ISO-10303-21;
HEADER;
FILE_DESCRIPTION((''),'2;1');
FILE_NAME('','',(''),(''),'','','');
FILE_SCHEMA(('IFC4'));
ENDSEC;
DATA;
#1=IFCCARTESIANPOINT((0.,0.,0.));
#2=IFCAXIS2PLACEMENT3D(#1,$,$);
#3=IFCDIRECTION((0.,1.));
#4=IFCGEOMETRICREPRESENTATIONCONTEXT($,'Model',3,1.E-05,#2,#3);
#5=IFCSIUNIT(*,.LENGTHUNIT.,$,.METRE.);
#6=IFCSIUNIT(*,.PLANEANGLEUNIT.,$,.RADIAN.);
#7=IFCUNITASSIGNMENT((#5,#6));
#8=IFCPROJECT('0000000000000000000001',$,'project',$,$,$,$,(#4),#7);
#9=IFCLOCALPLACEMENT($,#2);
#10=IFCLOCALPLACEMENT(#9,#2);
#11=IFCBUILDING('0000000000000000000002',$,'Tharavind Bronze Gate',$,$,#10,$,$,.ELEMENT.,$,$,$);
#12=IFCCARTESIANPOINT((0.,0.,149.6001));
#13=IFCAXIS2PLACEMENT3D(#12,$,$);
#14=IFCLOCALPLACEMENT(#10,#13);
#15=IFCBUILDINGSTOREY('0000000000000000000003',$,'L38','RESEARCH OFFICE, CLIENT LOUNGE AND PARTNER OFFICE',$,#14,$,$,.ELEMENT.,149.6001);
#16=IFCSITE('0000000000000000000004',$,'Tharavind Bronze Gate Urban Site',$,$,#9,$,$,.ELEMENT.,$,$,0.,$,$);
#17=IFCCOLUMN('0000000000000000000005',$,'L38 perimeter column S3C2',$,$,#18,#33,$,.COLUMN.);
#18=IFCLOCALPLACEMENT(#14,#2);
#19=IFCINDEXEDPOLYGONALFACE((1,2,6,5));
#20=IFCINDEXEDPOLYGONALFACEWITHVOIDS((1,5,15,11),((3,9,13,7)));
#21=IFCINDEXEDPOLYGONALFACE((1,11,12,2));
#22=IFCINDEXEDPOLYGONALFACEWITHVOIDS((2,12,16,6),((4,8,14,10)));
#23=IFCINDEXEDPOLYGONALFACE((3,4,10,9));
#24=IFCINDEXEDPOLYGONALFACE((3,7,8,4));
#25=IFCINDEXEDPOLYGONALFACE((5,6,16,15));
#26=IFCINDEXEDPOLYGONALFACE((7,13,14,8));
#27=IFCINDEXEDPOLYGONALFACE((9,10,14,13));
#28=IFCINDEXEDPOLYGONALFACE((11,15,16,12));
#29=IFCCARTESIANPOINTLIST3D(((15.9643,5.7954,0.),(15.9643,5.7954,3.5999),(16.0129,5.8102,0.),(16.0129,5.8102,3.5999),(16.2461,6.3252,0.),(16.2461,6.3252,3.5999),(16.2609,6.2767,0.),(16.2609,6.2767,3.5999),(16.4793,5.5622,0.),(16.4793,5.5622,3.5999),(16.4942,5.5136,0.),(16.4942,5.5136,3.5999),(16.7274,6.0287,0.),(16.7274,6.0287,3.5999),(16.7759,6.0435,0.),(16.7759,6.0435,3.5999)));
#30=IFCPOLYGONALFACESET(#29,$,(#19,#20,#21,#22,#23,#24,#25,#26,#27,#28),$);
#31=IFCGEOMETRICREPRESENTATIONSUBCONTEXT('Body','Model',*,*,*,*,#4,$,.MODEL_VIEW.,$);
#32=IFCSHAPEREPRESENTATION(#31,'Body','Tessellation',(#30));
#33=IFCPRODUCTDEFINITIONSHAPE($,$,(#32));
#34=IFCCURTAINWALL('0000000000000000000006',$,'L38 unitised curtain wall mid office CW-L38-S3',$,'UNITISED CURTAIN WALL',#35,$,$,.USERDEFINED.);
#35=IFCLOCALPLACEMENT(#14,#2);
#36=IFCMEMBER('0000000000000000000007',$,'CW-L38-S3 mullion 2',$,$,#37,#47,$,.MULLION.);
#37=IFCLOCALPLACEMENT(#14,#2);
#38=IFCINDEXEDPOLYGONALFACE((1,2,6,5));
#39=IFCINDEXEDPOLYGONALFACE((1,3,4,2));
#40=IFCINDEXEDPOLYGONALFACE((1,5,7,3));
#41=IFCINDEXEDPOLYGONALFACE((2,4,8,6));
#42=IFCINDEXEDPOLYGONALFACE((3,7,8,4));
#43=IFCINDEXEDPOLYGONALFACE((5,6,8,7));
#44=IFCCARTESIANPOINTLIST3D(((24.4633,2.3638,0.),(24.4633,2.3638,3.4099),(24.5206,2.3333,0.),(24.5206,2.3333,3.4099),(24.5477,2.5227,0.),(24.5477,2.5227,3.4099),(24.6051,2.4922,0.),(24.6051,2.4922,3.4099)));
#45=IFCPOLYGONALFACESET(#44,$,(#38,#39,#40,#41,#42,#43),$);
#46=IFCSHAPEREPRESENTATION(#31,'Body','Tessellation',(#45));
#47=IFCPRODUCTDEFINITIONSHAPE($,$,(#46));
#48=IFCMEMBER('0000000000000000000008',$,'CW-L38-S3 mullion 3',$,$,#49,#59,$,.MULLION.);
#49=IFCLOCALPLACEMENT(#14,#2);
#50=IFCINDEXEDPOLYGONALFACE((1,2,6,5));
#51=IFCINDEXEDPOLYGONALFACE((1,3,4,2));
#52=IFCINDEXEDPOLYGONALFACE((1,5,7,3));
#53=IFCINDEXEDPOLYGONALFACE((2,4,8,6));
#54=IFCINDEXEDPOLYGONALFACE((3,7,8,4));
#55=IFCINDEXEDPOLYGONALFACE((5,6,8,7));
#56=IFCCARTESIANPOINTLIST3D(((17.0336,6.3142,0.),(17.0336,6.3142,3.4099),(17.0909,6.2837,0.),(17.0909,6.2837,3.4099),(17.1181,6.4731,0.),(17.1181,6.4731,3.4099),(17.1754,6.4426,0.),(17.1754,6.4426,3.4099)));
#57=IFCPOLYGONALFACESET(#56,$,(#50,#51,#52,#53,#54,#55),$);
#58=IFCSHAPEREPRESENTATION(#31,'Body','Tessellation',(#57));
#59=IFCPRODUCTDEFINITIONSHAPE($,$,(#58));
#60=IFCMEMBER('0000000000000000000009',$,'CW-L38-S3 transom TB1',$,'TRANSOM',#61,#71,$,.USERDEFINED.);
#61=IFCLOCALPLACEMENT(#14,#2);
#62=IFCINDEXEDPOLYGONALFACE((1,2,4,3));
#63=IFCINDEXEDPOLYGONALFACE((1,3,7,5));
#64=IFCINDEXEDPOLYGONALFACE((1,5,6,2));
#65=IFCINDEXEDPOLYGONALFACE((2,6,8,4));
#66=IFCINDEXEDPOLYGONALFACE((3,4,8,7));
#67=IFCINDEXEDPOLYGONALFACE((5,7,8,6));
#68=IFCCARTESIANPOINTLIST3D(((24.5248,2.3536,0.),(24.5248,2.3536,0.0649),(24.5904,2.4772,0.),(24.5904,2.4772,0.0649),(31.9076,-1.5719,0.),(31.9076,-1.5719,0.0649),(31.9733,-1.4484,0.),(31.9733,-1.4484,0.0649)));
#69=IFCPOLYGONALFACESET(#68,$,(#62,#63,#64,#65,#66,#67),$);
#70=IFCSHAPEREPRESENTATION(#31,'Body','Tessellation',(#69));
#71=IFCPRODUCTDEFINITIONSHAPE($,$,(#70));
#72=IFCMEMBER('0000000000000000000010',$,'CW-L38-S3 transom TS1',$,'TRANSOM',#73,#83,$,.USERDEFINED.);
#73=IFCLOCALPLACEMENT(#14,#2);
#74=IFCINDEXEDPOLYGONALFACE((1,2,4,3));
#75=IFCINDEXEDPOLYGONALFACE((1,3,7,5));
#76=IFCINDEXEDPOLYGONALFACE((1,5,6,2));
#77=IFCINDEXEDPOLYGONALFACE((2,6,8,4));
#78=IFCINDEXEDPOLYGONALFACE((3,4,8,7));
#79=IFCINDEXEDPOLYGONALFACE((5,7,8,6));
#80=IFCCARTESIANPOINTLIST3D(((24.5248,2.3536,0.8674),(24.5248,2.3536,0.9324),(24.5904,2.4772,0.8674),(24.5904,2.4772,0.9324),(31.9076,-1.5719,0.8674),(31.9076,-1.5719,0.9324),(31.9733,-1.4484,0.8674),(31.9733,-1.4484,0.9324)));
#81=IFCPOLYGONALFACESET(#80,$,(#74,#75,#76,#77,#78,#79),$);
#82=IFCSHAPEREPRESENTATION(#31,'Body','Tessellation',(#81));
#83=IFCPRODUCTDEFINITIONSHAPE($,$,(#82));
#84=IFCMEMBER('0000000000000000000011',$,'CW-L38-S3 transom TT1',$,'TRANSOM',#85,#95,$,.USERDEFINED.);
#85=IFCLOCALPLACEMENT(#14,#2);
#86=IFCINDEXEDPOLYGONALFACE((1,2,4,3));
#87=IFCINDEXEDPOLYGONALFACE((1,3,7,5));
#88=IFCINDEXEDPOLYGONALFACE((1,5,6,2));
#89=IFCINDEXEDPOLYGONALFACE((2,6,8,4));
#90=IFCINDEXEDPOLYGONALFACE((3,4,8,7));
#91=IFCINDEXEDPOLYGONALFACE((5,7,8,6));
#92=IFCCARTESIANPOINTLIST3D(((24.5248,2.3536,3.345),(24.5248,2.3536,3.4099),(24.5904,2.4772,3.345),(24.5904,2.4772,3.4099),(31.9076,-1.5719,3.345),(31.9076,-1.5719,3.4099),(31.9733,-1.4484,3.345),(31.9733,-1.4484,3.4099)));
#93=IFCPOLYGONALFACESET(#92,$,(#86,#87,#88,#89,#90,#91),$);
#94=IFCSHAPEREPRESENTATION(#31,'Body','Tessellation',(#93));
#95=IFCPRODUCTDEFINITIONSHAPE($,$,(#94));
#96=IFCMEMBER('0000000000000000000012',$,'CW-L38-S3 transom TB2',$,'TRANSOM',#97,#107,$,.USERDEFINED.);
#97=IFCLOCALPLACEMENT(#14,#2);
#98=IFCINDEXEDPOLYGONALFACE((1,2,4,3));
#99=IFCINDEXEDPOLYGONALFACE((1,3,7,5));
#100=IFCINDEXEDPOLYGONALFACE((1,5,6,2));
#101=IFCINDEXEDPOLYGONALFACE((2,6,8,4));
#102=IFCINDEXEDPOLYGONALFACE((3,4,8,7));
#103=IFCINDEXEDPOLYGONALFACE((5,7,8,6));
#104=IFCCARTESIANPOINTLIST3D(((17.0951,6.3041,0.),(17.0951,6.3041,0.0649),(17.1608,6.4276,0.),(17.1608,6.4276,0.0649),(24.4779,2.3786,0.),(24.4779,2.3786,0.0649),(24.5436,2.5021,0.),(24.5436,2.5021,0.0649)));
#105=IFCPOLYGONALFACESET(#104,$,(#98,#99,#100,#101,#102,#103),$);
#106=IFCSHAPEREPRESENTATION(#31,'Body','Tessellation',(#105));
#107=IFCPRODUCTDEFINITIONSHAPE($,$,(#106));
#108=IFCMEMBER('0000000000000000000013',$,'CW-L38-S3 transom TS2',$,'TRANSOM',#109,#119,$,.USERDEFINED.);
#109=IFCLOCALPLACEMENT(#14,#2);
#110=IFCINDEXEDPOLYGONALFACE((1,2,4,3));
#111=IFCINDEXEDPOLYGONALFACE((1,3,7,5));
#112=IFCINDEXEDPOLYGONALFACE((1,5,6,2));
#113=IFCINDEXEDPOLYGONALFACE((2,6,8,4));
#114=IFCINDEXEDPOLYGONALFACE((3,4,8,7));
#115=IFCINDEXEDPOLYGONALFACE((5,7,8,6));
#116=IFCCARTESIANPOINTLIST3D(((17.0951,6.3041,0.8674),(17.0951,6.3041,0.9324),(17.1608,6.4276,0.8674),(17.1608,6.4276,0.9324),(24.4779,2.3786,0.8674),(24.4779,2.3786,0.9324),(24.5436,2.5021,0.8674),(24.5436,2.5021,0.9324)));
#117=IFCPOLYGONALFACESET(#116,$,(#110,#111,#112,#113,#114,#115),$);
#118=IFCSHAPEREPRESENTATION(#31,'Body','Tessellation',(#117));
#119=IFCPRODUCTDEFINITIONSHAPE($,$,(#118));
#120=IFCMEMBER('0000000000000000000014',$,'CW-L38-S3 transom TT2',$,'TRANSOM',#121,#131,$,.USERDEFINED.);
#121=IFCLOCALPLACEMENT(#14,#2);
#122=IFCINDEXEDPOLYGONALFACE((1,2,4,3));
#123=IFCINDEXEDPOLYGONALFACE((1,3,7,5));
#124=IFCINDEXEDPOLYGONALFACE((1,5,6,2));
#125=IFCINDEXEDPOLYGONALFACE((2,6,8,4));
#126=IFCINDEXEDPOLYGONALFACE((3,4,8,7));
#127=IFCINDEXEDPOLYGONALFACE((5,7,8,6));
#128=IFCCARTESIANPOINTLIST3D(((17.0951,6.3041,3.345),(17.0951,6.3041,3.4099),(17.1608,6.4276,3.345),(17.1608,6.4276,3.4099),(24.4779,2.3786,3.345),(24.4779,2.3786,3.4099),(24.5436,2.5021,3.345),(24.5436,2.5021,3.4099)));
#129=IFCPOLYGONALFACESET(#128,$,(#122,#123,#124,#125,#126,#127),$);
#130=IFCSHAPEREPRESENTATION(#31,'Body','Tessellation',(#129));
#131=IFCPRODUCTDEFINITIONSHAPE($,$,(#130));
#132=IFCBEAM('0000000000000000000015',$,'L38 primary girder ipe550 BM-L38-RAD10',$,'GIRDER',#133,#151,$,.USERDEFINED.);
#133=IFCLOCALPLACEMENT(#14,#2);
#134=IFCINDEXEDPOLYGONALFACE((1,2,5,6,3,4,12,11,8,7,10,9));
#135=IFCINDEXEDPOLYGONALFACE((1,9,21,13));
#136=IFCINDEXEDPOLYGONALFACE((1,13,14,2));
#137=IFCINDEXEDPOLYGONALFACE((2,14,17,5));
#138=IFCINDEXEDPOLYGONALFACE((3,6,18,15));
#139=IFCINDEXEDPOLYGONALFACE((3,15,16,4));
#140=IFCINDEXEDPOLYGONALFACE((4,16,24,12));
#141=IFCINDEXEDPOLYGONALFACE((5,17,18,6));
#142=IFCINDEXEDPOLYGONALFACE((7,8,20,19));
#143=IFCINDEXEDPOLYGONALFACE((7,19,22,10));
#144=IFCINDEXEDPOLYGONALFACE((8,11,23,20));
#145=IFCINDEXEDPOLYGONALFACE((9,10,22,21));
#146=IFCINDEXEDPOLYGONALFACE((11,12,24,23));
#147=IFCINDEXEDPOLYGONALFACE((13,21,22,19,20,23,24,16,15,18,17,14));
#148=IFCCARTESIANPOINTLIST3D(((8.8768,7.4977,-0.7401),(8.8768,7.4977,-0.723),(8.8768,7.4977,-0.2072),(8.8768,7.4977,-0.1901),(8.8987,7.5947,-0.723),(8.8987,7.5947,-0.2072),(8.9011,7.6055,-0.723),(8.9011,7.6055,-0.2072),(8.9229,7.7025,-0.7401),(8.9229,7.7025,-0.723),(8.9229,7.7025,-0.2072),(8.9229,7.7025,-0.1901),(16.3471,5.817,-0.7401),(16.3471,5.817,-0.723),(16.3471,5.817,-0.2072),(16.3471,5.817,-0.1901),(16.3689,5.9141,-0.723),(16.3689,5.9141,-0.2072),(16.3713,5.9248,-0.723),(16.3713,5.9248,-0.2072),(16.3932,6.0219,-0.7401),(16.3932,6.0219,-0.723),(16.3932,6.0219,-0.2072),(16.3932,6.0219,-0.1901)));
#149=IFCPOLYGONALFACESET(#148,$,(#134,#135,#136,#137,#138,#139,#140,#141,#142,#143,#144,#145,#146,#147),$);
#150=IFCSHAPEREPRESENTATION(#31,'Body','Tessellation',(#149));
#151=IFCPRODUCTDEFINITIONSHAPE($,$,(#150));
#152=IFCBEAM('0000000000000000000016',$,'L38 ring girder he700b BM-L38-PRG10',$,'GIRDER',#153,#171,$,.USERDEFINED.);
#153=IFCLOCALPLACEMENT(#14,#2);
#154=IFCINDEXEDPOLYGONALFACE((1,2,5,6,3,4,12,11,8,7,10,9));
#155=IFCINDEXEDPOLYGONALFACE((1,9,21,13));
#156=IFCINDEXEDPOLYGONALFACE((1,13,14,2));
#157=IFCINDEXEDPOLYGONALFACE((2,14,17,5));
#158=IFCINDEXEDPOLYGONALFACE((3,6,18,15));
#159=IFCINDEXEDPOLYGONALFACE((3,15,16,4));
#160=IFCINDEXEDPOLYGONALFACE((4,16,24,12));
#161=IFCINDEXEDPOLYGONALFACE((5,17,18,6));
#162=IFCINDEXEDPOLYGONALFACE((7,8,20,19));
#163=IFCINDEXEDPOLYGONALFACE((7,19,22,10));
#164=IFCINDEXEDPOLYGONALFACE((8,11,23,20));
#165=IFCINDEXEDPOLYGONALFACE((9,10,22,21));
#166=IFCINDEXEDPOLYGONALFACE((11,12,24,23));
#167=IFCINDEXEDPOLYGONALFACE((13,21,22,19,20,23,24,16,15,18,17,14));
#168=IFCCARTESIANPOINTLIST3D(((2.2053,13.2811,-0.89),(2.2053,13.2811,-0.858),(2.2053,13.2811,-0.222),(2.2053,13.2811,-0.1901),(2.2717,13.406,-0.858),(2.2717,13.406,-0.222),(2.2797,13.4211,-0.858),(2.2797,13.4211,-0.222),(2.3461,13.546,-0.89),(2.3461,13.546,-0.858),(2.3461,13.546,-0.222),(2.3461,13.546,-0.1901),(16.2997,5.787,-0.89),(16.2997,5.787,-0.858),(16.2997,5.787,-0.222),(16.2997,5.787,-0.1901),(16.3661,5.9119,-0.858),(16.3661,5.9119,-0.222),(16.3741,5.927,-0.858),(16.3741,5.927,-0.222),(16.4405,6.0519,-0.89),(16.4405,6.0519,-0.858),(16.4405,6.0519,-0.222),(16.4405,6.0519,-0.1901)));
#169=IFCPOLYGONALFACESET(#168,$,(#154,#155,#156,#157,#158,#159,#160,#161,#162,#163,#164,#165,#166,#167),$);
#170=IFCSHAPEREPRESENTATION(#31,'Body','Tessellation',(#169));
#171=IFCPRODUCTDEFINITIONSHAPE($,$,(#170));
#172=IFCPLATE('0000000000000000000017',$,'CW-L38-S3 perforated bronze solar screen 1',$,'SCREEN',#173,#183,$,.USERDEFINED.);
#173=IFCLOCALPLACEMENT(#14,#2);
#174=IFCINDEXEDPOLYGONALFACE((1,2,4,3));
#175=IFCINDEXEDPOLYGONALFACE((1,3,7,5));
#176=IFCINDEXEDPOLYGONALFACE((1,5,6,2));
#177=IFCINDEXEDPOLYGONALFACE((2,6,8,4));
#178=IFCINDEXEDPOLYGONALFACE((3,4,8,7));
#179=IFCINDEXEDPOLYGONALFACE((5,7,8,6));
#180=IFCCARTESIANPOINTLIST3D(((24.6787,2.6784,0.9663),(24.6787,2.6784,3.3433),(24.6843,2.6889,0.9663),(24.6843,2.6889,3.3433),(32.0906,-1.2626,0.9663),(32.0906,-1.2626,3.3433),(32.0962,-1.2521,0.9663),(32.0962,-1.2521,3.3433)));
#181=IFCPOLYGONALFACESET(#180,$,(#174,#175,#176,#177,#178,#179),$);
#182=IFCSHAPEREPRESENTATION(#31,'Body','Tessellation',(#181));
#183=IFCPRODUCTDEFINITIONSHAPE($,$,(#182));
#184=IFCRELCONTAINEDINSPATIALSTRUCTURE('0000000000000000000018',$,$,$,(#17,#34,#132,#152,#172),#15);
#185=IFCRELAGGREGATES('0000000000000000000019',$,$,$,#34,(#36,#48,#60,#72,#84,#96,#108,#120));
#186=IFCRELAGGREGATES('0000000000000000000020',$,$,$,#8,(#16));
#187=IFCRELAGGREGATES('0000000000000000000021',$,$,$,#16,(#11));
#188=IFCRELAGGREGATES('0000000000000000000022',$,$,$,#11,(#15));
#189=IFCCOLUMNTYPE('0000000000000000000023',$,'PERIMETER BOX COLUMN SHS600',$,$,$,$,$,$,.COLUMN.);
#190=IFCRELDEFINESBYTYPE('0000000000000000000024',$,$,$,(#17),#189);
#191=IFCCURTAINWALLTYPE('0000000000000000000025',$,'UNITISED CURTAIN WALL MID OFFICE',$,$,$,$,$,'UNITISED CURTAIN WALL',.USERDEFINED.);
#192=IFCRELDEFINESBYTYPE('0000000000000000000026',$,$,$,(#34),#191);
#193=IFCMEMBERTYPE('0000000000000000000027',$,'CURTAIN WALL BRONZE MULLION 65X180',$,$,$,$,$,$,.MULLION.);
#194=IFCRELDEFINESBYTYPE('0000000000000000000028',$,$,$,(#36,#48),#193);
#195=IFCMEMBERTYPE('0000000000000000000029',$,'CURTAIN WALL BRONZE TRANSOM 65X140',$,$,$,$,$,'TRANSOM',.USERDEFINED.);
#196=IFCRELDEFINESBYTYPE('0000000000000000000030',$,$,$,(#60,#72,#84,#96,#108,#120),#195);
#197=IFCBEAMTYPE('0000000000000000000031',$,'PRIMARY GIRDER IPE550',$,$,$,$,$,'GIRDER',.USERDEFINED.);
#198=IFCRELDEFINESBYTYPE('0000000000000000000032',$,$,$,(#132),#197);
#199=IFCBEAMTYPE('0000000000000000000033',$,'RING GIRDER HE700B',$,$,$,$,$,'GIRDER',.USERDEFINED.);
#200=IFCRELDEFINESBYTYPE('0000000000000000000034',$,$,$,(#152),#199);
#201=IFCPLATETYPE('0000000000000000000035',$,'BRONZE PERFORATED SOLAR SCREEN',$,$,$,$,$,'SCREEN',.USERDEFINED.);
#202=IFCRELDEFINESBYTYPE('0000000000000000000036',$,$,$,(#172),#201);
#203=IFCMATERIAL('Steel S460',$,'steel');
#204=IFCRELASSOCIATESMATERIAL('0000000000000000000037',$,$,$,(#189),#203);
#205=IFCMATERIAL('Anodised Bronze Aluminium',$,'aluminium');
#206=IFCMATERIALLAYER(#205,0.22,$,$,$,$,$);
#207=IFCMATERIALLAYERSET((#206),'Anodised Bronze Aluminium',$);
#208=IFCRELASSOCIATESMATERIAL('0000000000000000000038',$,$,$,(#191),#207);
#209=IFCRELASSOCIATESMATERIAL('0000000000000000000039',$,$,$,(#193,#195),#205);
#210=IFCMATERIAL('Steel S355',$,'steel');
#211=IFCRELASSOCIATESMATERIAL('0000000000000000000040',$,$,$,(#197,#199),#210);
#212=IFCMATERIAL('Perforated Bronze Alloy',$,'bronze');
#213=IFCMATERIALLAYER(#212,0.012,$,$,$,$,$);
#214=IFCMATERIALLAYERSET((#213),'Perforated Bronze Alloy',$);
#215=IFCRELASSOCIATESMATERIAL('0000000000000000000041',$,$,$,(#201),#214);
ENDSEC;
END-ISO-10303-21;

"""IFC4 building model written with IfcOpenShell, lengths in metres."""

from ifc_helpers import new_model, si_unit, direction, frame, origin, origin_2d, place, context, subcontext, project, spatial, rectangle, hollow_rectangle, i_section, extrude, material, layer, layer_set, material_profile, profile_set, type_object, element, aggregate, save


model = new_model("IFC4")

# Units and contexts
model_context = context("Model", 3, precision=1e-05, world=origin(), true_north=direction((0.0, 1.0)))
body_context = subcontext(model_context, "Body", "Model", "MODEL_VIEW")
ifc_project = project(units=[si_unit("LENGTHUNIT", "METRE"), si_unit("PLANEANGLEUNIT", "RADIAN")], contexts=[model_context])

# Site, building, storey
site_placement = place(None, origin())
site = spatial("IfcSite", under=ifc_project, at=site_placement, Name="Tharavind Bronze Gate Urban Site", CompositionType="ELEMENT", RefElevation=0.0)
building_placement = place(site_placement, origin())
building = spatial("IfcBuilding", under=site, at=building_placement, Name="Tharavind Bronze Gate", CompositionType="ELEMENT")
storey_placement = place(building_placement, frame((0.0, 0.0, 149.6001)))
storey = spatial("IfcBuildingStorey", under=building, at=storey_placement, Name="L38", Description="RESEARCH OFFICE, CLIENT LOUNGE AND PARTNER OFFICE", CompositionType="ELEMENT", Elevation=149.6001)

# Column
ifc_material_1 = material(Name="Steel S460", Category="steel")
ifc_material_profile_1 = material_profile(ifc_material_1, hollow_rectangle(XDim=0.6001, YDim=0.6001, WallThickness=0.0359, at=origin_2d()), Name="SHS600X36")
ifc_profile_set_1 = profile_set([ifc_material_profile_1], Name="Steel S460")
column_type = type_object("IfcColumnType", Name="PERIMETER BOX COLUMN SHS600", PredefinedType="COLUMN", material=ifc_profile_set_1)
column_placement = place(storey_placement, frame((16.3701, 5.9194, 0.0), z_axis=(0.0, 0.0, 1.0), x_axis=(-0.882948, 0.46947, 0.0)))
element("IfcColumn", 1, at=column_placement, inside=storey, type_object=column_type, Name="L38 perimeter column S3C2", PredefinedType="COLUMN", context=body_context, shape_type="SweptSolid", body=[
    extrude(hollow_rectangle(XDim=0.6001, YDim=0.6001, WallThickness=0.0359, at=origin_2d()), origin(), (0.0, 0.0, 1.0), 3.5999),
])

# Curtain wall, members
ifc_material_2 = material(Name="Anodised Bronze Aluminium", Category="aluminium")
ifc_layer_1 = layer(ifc_material_2, 0.22)
ifc_layer_set_1 = layer_set([ifc_layer_1], Name="Anodised Bronze Aluminium")
curtain_wall_type = type_object("IfcCurtainWallType", Name="UNITISED CURTAIN WALL MID OFFICE", ElementType="UNITISED CURTAIN WALL", PredefinedType="USERDEFINED", material=ifc_layer_set_1)
curtain_wall_placement = place(storey_placement, origin())
curtain_wall = element("IfcCurtainWall", 2, at=curtain_wall_placement, inside=storey, type_object=curtain_wall_type, Name="L38 unitised curtain wall mid office CW-L38-S3", ObjectType="UNITISED CURTAIN WALL", PredefinedType="USERDEFINED")
member_type_1 = type_object("IfcMemberType", Name="CURTAIN WALL BRONZE MULLION 65X180", PredefinedType="MULLION", material=ifc_material_2)
member_1_placement = place(storey_placement, frame((24.5342, 2.428, 0.0), z_axis=(0.0, 0.0, 1.0), x_axis=(-0.882948, 0.469472, 0.0)))
member_1 = element("IfcMember", 3, at=member_1_placement, type_object=member_type_1, Name="CW-L38-S3 mullion 2", PredefinedType="MULLION", context=body_context, shape_type="SweptSolid", body=[
    extrude(rectangle(XDim=0.0649, YDim=0.1799, at=origin_2d()), origin(), (0.0, 0.0, 1.0), 3.4099),
])
member_2_placement = place(storey_placement, frame((17.1045, 6.3784, 0.0), z_axis=(0.0, 0.0, 1.0), x_axis=(-0.882948, 0.469472, 0.0)))
member_2 = element("IfcMember", 4, at=member_2_placement, type_object=member_type_1, Name="CW-L38-S3 mullion 3", PredefinedType="MULLION", context=body_context, shape_type="SweptSolid", body=[
    extrude(rectangle(XDim=0.0649, YDim=0.1799, at=origin_2d()), origin(), (0.0, 0.0, 1.0), 3.4099),
])
member_type_2 = type_object("IfcMemberType", Name="CURTAIN WALL BRONZE TRANSOM 65X140", ElementType="TRANSOM", PredefinedType="USERDEFINED", material=ifc_material_2)
member_3_placement = place(storey_placement, frame((28.249, 0.4526, 0.0), z_axis=(0.0, 0.0, 1.0), x_axis=(-0.882948, 0.469472, 0.0)))
member_3 = element("IfcMember", 5, at=member_3_placement, type_object=member_type_2, Name="CW-L38-S3 transom TB1", ObjectType="TRANSOM", PredefinedType="USERDEFINED", context=body_context, shape_type="SweptSolid", body=[
    extrude(rectangle(XDim=8.3616, YDim=0.1399, at=origin_2d()), origin(), (0.0, 0.0, 1.0), 0.0649),
])
member_4_placement = place(storey_placement, frame((28.249, 0.4526, 0.8674), z_axis=(0.0, 0.0, 1.0), x_axis=(-0.882948, 0.469472, 0.0)))
member_4 = element("IfcMember", 6, at=member_4_placement, type_object=member_type_2, Name="CW-L38-S3 transom TS1", ObjectType="TRANSOM", PredefinedType="USERDEFINED", context=body_context, shape_type="SweptSolid", body=[
    extrude(rectangle(XDim=8.3616, YDim=0.1399, at=origin_2d()), origin(), (0.0, 0.0, 1.0), 0.0649),
])
member_5_placement = place(storey_placement, frame((28.249, 0.4526, 3.345), z_axis=(0.0, 0.0, 1.0), x_axis=(-0.882948, 0.469472, 0.0)))
member_5 = element("IfcMember", 7, at=member_5_placement, type_object=member_type_2, Name="CW-L38-S3 transom TT1", ObjectType="TRANSOM", PredefinedType="USERDEFINED", context=body_context, shape_type="SweptSolid", body=[
    extrude(rectangle(XDim=8.3616, YDim=0.1399, at=origin_2d()), origin(), (0.0, 0.0, 1.0), 0.0649),
])
member_6_placement = place(storey_placement, frame((20.8193, 4.4031, 0.0), z_axis=(0.0, 0.0, 1.0), x_axis=(-0.882948, 0.469472, 0.0)))
member_6 = element("IfcMember", 8, at=member_6_placement, type_object=member_type_2, Name="CW-L38-S3 transom TB2", ObjectType="TRANSOM", PredefinedType="USERDEFINED", context=body_context, shape_type="SweptSolid", body=[
    extrude(rectangle(XDim=8.3616, YDim=0.1399, at=origin_2d()), origin(), (0.0, 0.0, 1.0), 0.0649),
])
member_7_placement = place(storey_placement, frame((20.8193, 4.4031, 0.8674), z_axis=(0.0, 0.0, 1.0), x_axis=(-0.882948, 0.469472, 0.0)))
member_7 = element("IfcMember", 9, at=member_7_placement, type_object=member_type_2, Name="CW-L38-S3 transom TS2", ObjectType="TRANSOM", PredefinedType="USERDEFINED", context=body_context, shape_type="SweptSolid", body=[
    extrude(rectangle(XDim=8.3616, YDim=0.1399, at=origin_2d()), origin(), (0.0, 0.0, 1.0), 0.0649),
])
member_8_placement = place(storey_placement, frame((20.8193, 4.4031, 3.345), z_axis=(0.0, 0.0, 1.0), x_axis=(-0.882948, 0.469472, 0.0)))
member_8 = element("IfcMember", 10, at=member_8_placement, type_object=member_type_2, Name="CW-L38-S3 transom TT2", ObjectType="TRANSOM", PredefinedType="USERDEFINED", context=body_context, shape_type="SweptSolid", body=[
    extrude(rectangle(XDim=8.3616, YDim=0.1399, at=origin_2d()), origin(), (0.0, 0.0, 1.0), 0.0649),
])

# Beams
ifc_material_3 = material(Name="Steel S355", Category="steel")
ifc_material_profile_2 = material_profile(ifc_material_3, i_section(OverallWidth=0.21, OverallDepth=0.55, WebThickness=0.011, FlangeThickness=0.0171, at=origin_2d()), Name="IPE550")
ifc_profile_set_2 = profile_set([ifc_material_profile_2], Name="Steel S355")
beam_type_1 = type_object("IfcBeamType", Name="PRIMARY GIRDER IPE550", ElementType="GIRDER", PredefinedType="USERDEFINED", material=ifc_profile_set_2)
beam_1_placement = place(storey_placement, frame((16.3701, 5.9194, -0.4651), z_axis=(-0.975614, 0.219496, 0.0), x_axis=(-0.219496, -0.975614, 0.0)))
element("IfcBeam", 11, at=beam_1_placement, inside=storey, type_object=beam_type_1, Name="L38 primary girder ipe550 BM-L38-RAD10", ObjectType="GIRDER", PredefinedType="USERDEFINED", context=body_context, shape_type="SweptSolid", body=[
    extrude(i_section(OverallWidth=0.21, OverallDepth=0.55, WebThickness=0.011, FlangeThickness=0.0171, at=origin_2d()), origin(), (0.0, 0.0, 1.0), 7.657),
])
ifc_material_profile_3 = material_profile(ifc_material_3, i_section(OverallWidth=0.3, OverallDepth=0.7, WebThickness=0.0171, FlangeThickness=0.032, at=origin_2d()), Name="HE700B")
ifc_profile_set_3 = profile_set([ifc_material_profile_3], Name="Steel S355")
beam_type_2 = type_object("IfcBeamType", Name="RING GIRDER HE700B", ElementType="GIRDER", PredefinedType="USERDEFINED", material=ifc_profile_set_3)
beam_2_placement = place(storey_placement, frame((16.3701, 5.9194, -0.54), z_axis=(-0.882948, 0.46947, 0.0), x_axis=(-0.46947, -0.882948, 0.0)))
element("IfcBeam", 12, at=beam_2_placement, inside=storey, type_object=beam_type_2, Name="L38 ring girder he700b BM-L38-PRG10", ObjectType="GIRDER", PredefinedType="USERDEFINED", context=body_context, shape_type="SweptSolid", body=[
    extrude(i_section(OverallWidth=0.3, OverallDepth=0.7, WebThickness=0.0171, FlangeThickness=0.032, at=origin_2d()), origin(), (0.0, 0.0, 1.0), 15.9629),
])

# Plate
ifc_material_4 = material(Name="Perforated Bronze Alloy", Category="bronze")
ifc_layer_2 = layer(ifc_material_4, 0.012)
ifc_layer_set_2 = layer_set([ifc_layer_2], Name="Perforated Bronze Alloy")
plate_type_1 = type_object("IfcPlateType", Name="BRONZE PERFORATED SOLAR SCREEN", ElementType="SCREEN", PredefinedType="USERDEFINED", material=ifc_layer_set_2)
for number, where, z_axis, x_axis, name in (
    (13, (28.3875, 0.7131, 0.9663), (0.0, 0.0, 1.0), (-0.882948, 0.469472, 0.0), "CW-L38-S3 perforated bronze solar screen 1"),
):
    element("IfcPlate", number, at=place(storey_placement, frame(where, z_axis=z_axis, x_axis=x_axis)), inside=storey, type_object=plate_type_1, Name=name, ObjectType="SCREEN", PredefinedType="USERDEFINED", context=body_context, shape_type="SweptSolid", body=[
        extrude(rectangle(XDim=8.3945, YDim=0.012, at=origin_2d()), origin(), (0.0, 0.0, 1.0), 2.377),
    ])

aggregate(curtain_wall, [member_1, member_2, member_3, member_4, member_5, member_6, member_7, member_8])

save(model, "model.ifc")
